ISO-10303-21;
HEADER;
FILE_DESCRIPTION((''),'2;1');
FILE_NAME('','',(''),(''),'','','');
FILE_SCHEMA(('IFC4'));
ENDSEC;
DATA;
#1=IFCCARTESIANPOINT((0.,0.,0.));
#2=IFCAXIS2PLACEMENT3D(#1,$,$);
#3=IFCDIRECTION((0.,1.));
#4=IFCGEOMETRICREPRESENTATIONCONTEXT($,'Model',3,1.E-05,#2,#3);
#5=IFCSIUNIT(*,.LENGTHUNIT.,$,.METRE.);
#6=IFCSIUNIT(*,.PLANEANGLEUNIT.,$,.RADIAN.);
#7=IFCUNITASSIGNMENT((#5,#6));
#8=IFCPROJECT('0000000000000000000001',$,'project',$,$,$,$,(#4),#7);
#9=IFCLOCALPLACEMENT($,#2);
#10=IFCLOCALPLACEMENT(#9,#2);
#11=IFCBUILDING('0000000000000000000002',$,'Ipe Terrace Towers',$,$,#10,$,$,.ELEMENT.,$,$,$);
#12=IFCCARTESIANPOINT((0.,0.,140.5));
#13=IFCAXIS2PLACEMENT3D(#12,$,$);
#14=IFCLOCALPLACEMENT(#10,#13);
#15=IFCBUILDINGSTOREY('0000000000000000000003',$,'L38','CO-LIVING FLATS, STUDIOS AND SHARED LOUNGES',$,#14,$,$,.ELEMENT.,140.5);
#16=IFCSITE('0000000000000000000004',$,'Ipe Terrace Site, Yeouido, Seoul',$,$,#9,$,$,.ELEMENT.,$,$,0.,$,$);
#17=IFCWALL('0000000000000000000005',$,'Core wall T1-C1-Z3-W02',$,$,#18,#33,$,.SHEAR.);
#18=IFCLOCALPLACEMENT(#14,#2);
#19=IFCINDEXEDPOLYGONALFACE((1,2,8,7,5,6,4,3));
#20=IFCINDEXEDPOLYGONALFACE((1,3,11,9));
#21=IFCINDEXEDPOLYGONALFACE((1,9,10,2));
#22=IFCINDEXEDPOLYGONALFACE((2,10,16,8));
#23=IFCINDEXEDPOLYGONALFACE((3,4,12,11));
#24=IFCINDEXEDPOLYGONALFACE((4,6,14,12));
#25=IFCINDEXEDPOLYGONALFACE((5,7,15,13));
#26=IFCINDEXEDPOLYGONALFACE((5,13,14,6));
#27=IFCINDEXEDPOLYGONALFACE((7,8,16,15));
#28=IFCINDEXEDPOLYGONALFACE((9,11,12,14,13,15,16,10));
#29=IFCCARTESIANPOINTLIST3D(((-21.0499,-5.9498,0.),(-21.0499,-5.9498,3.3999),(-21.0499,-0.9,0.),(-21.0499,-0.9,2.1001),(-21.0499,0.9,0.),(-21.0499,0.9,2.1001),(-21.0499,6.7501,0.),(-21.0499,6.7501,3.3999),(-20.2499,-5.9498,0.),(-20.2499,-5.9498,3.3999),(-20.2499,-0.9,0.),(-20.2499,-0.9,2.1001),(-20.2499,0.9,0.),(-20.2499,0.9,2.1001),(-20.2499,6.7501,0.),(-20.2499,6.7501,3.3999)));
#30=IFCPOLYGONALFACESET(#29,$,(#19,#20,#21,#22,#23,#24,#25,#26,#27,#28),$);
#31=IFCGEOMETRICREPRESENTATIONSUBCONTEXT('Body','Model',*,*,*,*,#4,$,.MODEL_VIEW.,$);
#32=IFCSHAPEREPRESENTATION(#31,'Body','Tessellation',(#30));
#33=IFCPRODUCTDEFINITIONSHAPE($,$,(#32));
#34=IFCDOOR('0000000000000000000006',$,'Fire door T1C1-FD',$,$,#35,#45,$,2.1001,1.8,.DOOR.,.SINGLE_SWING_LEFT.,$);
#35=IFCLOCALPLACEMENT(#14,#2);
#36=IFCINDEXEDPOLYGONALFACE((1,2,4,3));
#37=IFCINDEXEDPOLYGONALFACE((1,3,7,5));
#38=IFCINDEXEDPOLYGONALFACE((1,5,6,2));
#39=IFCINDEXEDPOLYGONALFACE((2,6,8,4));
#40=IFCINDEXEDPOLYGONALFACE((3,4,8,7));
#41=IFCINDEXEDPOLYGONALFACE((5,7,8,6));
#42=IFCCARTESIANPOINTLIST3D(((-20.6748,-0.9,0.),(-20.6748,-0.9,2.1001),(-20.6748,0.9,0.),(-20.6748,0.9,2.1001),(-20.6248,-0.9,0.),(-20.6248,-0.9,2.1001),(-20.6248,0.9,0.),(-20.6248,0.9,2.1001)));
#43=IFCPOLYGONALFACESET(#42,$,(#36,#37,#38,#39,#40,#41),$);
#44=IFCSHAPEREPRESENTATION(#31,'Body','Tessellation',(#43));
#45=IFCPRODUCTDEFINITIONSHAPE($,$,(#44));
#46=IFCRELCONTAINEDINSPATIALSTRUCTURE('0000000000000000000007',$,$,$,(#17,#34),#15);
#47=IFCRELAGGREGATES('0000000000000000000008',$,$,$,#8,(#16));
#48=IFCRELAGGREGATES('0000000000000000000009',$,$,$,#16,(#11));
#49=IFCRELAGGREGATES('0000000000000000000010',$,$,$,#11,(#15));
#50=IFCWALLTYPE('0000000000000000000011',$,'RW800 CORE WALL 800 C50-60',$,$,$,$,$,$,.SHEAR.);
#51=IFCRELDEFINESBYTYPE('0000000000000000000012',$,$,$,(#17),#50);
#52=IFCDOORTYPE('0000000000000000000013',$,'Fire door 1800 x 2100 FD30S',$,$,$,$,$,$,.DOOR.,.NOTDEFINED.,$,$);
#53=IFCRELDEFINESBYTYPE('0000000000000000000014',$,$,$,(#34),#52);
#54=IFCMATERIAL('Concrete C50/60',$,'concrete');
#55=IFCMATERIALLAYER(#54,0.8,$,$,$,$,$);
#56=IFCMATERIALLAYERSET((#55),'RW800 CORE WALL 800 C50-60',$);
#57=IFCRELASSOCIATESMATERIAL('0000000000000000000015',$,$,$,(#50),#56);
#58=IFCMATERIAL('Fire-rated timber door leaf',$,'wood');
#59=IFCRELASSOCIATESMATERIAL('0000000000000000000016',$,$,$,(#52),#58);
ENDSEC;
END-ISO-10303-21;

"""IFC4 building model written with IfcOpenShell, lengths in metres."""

from ifc_helpers import new_model, si_unit, direction, frame, frame_2d, origin, place, context, subcontext, project, spatial, rectangle, extrude, material, layer, layer_set, type_object, element, fill, save


model = new_model("IFC4")

# Units and contexts
model_context = context("Model", 3, precision=1e-05, world=origin(), true_north=direction((0.0, 1.0)))
body_context = subcontext(model_context, "Body", "Model", "MODEL_VIEW")
ifc_project = project(units=[si_unit("LENGTHUNIT", "METRE"), si_unit("PLANEANGLEUNIT", "RADIAN")], contexts=[model_context])

# Site, building, storey
site_placement = place(None, origin())
site = spatial("IfcSite", under=ifc_project, at=site_placement, Name="Ipe Terrace Site, Yeouido, Seoul", CompositionType="ELEMENT", RefElevation=0.0)
building_placement = place(site_placement, origin())
building = spatial("IfcBuilding", under=site, at=building_placement, Name="Ipe Terrace Towers", CompositionType="ELEMENT")
storey_placement = place(building_placement, frame((0.0, 0.0, 140.5)))
storey = spatial("IfcBuildingStorey", under=building, at=storey_placement, Name="L38", Description="CO-LIVING FLATS, STUDIOS AND SHARED LOUNGES", CompositionType="ELEMENT", Elevation=140.5)

# Shared definitions
ifc_material_1 = material(Name="Concrete C50/60", Category="concrete")
ifc_layer_1 = layer(ifc_material_1, 0.8)
ifc_layer_set_1 = layer_set([ifc_layer_1], Name="RW800 CORE WALL 800 C50-60")
wall_type_1 = type_object("IfcWallType", Name="RW800 CORE WALL 800 C50-60", PredefinedType="SHEAR", material=ifc_layer_set_1)

# Wall, opening, door
wall_1_placement = place(storey_placement, frame((-20.6499, -5.95, 0.0), z_axis=(0.0, 0.0, 1.0), x_axis=(0.0, 1.0, 0.0)))
wall_1 = element("IfcWall", 1, at=wall_1_placement, inside=storey, type_object=wall_type_1, Name="Core wall T1-C1-Z3-W02", PredefinedType="SHEAR", context=body_context, shape_type="SweptSolid", body=[
    extrude(rectangle(XDim=12.7, YDim=0.8, at=frame_2d((6.3501, 0.0))), origin(), (0.0, 0.0, 1.0), 3.3999),
])
opening_1_placement = place(wall_1_placement, frame((5.05, 0.0, 0.0)))
opening_1 = element("IfcOpeningElement", 2, at=opening_1_placement, cuts=wall_1, PredefinedType="OPENING", context=body_context, shape_type="SweptSolid", body=[
    extrude(rectangle(XDim=1.8, YDim=2.1001, at=frame_2d((0.8999, 1.05))), frame((0.0, 0.4102, 0.0), z_axis=(0.0, -1.0, 0.0), x_axis=(1.0, 0.0, 0.0)), (0.0, 0.0, 1.0), 0.8201),
])
ifc_material_2 = material(Name="Fire-rated timber door leaf", Category="wood")
door_type_1 = type_object("IfcDoorType", Name="Fire door 1800 x 2100 FD30S", OperationType="NOTDEFINED", PredefinedType="DOOR", material=ifc_material_2)
door_1_placement = place(opening_1_placement, origin())
door_1 = element("IfcDoor", 3, at=door_1_placement, inside=storey, type_object=door_type_1, Name="Fire door T1C1-FD", OperationType="SINGLE_SWING_LEFT", OverallHeight=2.1001, OverallWidth=1.8, PredefinedType="DOOR", context=body_context, shape_type="SweptSolid", body=[
    extrude(rectangle(XDim=1.8, YDim=2.1001, at=frame_2d((0.8999, 1.05))), frame((0.0, 0.0249, 0.0), z_axis=(0.0, -1.0, 0.0), x_axis=(1.0, 0.0, 0.0)), (0.0, 0.0, 1.0), 0.05),
])
fill(opening_1, door_1)

save(model, "model.ifc")
